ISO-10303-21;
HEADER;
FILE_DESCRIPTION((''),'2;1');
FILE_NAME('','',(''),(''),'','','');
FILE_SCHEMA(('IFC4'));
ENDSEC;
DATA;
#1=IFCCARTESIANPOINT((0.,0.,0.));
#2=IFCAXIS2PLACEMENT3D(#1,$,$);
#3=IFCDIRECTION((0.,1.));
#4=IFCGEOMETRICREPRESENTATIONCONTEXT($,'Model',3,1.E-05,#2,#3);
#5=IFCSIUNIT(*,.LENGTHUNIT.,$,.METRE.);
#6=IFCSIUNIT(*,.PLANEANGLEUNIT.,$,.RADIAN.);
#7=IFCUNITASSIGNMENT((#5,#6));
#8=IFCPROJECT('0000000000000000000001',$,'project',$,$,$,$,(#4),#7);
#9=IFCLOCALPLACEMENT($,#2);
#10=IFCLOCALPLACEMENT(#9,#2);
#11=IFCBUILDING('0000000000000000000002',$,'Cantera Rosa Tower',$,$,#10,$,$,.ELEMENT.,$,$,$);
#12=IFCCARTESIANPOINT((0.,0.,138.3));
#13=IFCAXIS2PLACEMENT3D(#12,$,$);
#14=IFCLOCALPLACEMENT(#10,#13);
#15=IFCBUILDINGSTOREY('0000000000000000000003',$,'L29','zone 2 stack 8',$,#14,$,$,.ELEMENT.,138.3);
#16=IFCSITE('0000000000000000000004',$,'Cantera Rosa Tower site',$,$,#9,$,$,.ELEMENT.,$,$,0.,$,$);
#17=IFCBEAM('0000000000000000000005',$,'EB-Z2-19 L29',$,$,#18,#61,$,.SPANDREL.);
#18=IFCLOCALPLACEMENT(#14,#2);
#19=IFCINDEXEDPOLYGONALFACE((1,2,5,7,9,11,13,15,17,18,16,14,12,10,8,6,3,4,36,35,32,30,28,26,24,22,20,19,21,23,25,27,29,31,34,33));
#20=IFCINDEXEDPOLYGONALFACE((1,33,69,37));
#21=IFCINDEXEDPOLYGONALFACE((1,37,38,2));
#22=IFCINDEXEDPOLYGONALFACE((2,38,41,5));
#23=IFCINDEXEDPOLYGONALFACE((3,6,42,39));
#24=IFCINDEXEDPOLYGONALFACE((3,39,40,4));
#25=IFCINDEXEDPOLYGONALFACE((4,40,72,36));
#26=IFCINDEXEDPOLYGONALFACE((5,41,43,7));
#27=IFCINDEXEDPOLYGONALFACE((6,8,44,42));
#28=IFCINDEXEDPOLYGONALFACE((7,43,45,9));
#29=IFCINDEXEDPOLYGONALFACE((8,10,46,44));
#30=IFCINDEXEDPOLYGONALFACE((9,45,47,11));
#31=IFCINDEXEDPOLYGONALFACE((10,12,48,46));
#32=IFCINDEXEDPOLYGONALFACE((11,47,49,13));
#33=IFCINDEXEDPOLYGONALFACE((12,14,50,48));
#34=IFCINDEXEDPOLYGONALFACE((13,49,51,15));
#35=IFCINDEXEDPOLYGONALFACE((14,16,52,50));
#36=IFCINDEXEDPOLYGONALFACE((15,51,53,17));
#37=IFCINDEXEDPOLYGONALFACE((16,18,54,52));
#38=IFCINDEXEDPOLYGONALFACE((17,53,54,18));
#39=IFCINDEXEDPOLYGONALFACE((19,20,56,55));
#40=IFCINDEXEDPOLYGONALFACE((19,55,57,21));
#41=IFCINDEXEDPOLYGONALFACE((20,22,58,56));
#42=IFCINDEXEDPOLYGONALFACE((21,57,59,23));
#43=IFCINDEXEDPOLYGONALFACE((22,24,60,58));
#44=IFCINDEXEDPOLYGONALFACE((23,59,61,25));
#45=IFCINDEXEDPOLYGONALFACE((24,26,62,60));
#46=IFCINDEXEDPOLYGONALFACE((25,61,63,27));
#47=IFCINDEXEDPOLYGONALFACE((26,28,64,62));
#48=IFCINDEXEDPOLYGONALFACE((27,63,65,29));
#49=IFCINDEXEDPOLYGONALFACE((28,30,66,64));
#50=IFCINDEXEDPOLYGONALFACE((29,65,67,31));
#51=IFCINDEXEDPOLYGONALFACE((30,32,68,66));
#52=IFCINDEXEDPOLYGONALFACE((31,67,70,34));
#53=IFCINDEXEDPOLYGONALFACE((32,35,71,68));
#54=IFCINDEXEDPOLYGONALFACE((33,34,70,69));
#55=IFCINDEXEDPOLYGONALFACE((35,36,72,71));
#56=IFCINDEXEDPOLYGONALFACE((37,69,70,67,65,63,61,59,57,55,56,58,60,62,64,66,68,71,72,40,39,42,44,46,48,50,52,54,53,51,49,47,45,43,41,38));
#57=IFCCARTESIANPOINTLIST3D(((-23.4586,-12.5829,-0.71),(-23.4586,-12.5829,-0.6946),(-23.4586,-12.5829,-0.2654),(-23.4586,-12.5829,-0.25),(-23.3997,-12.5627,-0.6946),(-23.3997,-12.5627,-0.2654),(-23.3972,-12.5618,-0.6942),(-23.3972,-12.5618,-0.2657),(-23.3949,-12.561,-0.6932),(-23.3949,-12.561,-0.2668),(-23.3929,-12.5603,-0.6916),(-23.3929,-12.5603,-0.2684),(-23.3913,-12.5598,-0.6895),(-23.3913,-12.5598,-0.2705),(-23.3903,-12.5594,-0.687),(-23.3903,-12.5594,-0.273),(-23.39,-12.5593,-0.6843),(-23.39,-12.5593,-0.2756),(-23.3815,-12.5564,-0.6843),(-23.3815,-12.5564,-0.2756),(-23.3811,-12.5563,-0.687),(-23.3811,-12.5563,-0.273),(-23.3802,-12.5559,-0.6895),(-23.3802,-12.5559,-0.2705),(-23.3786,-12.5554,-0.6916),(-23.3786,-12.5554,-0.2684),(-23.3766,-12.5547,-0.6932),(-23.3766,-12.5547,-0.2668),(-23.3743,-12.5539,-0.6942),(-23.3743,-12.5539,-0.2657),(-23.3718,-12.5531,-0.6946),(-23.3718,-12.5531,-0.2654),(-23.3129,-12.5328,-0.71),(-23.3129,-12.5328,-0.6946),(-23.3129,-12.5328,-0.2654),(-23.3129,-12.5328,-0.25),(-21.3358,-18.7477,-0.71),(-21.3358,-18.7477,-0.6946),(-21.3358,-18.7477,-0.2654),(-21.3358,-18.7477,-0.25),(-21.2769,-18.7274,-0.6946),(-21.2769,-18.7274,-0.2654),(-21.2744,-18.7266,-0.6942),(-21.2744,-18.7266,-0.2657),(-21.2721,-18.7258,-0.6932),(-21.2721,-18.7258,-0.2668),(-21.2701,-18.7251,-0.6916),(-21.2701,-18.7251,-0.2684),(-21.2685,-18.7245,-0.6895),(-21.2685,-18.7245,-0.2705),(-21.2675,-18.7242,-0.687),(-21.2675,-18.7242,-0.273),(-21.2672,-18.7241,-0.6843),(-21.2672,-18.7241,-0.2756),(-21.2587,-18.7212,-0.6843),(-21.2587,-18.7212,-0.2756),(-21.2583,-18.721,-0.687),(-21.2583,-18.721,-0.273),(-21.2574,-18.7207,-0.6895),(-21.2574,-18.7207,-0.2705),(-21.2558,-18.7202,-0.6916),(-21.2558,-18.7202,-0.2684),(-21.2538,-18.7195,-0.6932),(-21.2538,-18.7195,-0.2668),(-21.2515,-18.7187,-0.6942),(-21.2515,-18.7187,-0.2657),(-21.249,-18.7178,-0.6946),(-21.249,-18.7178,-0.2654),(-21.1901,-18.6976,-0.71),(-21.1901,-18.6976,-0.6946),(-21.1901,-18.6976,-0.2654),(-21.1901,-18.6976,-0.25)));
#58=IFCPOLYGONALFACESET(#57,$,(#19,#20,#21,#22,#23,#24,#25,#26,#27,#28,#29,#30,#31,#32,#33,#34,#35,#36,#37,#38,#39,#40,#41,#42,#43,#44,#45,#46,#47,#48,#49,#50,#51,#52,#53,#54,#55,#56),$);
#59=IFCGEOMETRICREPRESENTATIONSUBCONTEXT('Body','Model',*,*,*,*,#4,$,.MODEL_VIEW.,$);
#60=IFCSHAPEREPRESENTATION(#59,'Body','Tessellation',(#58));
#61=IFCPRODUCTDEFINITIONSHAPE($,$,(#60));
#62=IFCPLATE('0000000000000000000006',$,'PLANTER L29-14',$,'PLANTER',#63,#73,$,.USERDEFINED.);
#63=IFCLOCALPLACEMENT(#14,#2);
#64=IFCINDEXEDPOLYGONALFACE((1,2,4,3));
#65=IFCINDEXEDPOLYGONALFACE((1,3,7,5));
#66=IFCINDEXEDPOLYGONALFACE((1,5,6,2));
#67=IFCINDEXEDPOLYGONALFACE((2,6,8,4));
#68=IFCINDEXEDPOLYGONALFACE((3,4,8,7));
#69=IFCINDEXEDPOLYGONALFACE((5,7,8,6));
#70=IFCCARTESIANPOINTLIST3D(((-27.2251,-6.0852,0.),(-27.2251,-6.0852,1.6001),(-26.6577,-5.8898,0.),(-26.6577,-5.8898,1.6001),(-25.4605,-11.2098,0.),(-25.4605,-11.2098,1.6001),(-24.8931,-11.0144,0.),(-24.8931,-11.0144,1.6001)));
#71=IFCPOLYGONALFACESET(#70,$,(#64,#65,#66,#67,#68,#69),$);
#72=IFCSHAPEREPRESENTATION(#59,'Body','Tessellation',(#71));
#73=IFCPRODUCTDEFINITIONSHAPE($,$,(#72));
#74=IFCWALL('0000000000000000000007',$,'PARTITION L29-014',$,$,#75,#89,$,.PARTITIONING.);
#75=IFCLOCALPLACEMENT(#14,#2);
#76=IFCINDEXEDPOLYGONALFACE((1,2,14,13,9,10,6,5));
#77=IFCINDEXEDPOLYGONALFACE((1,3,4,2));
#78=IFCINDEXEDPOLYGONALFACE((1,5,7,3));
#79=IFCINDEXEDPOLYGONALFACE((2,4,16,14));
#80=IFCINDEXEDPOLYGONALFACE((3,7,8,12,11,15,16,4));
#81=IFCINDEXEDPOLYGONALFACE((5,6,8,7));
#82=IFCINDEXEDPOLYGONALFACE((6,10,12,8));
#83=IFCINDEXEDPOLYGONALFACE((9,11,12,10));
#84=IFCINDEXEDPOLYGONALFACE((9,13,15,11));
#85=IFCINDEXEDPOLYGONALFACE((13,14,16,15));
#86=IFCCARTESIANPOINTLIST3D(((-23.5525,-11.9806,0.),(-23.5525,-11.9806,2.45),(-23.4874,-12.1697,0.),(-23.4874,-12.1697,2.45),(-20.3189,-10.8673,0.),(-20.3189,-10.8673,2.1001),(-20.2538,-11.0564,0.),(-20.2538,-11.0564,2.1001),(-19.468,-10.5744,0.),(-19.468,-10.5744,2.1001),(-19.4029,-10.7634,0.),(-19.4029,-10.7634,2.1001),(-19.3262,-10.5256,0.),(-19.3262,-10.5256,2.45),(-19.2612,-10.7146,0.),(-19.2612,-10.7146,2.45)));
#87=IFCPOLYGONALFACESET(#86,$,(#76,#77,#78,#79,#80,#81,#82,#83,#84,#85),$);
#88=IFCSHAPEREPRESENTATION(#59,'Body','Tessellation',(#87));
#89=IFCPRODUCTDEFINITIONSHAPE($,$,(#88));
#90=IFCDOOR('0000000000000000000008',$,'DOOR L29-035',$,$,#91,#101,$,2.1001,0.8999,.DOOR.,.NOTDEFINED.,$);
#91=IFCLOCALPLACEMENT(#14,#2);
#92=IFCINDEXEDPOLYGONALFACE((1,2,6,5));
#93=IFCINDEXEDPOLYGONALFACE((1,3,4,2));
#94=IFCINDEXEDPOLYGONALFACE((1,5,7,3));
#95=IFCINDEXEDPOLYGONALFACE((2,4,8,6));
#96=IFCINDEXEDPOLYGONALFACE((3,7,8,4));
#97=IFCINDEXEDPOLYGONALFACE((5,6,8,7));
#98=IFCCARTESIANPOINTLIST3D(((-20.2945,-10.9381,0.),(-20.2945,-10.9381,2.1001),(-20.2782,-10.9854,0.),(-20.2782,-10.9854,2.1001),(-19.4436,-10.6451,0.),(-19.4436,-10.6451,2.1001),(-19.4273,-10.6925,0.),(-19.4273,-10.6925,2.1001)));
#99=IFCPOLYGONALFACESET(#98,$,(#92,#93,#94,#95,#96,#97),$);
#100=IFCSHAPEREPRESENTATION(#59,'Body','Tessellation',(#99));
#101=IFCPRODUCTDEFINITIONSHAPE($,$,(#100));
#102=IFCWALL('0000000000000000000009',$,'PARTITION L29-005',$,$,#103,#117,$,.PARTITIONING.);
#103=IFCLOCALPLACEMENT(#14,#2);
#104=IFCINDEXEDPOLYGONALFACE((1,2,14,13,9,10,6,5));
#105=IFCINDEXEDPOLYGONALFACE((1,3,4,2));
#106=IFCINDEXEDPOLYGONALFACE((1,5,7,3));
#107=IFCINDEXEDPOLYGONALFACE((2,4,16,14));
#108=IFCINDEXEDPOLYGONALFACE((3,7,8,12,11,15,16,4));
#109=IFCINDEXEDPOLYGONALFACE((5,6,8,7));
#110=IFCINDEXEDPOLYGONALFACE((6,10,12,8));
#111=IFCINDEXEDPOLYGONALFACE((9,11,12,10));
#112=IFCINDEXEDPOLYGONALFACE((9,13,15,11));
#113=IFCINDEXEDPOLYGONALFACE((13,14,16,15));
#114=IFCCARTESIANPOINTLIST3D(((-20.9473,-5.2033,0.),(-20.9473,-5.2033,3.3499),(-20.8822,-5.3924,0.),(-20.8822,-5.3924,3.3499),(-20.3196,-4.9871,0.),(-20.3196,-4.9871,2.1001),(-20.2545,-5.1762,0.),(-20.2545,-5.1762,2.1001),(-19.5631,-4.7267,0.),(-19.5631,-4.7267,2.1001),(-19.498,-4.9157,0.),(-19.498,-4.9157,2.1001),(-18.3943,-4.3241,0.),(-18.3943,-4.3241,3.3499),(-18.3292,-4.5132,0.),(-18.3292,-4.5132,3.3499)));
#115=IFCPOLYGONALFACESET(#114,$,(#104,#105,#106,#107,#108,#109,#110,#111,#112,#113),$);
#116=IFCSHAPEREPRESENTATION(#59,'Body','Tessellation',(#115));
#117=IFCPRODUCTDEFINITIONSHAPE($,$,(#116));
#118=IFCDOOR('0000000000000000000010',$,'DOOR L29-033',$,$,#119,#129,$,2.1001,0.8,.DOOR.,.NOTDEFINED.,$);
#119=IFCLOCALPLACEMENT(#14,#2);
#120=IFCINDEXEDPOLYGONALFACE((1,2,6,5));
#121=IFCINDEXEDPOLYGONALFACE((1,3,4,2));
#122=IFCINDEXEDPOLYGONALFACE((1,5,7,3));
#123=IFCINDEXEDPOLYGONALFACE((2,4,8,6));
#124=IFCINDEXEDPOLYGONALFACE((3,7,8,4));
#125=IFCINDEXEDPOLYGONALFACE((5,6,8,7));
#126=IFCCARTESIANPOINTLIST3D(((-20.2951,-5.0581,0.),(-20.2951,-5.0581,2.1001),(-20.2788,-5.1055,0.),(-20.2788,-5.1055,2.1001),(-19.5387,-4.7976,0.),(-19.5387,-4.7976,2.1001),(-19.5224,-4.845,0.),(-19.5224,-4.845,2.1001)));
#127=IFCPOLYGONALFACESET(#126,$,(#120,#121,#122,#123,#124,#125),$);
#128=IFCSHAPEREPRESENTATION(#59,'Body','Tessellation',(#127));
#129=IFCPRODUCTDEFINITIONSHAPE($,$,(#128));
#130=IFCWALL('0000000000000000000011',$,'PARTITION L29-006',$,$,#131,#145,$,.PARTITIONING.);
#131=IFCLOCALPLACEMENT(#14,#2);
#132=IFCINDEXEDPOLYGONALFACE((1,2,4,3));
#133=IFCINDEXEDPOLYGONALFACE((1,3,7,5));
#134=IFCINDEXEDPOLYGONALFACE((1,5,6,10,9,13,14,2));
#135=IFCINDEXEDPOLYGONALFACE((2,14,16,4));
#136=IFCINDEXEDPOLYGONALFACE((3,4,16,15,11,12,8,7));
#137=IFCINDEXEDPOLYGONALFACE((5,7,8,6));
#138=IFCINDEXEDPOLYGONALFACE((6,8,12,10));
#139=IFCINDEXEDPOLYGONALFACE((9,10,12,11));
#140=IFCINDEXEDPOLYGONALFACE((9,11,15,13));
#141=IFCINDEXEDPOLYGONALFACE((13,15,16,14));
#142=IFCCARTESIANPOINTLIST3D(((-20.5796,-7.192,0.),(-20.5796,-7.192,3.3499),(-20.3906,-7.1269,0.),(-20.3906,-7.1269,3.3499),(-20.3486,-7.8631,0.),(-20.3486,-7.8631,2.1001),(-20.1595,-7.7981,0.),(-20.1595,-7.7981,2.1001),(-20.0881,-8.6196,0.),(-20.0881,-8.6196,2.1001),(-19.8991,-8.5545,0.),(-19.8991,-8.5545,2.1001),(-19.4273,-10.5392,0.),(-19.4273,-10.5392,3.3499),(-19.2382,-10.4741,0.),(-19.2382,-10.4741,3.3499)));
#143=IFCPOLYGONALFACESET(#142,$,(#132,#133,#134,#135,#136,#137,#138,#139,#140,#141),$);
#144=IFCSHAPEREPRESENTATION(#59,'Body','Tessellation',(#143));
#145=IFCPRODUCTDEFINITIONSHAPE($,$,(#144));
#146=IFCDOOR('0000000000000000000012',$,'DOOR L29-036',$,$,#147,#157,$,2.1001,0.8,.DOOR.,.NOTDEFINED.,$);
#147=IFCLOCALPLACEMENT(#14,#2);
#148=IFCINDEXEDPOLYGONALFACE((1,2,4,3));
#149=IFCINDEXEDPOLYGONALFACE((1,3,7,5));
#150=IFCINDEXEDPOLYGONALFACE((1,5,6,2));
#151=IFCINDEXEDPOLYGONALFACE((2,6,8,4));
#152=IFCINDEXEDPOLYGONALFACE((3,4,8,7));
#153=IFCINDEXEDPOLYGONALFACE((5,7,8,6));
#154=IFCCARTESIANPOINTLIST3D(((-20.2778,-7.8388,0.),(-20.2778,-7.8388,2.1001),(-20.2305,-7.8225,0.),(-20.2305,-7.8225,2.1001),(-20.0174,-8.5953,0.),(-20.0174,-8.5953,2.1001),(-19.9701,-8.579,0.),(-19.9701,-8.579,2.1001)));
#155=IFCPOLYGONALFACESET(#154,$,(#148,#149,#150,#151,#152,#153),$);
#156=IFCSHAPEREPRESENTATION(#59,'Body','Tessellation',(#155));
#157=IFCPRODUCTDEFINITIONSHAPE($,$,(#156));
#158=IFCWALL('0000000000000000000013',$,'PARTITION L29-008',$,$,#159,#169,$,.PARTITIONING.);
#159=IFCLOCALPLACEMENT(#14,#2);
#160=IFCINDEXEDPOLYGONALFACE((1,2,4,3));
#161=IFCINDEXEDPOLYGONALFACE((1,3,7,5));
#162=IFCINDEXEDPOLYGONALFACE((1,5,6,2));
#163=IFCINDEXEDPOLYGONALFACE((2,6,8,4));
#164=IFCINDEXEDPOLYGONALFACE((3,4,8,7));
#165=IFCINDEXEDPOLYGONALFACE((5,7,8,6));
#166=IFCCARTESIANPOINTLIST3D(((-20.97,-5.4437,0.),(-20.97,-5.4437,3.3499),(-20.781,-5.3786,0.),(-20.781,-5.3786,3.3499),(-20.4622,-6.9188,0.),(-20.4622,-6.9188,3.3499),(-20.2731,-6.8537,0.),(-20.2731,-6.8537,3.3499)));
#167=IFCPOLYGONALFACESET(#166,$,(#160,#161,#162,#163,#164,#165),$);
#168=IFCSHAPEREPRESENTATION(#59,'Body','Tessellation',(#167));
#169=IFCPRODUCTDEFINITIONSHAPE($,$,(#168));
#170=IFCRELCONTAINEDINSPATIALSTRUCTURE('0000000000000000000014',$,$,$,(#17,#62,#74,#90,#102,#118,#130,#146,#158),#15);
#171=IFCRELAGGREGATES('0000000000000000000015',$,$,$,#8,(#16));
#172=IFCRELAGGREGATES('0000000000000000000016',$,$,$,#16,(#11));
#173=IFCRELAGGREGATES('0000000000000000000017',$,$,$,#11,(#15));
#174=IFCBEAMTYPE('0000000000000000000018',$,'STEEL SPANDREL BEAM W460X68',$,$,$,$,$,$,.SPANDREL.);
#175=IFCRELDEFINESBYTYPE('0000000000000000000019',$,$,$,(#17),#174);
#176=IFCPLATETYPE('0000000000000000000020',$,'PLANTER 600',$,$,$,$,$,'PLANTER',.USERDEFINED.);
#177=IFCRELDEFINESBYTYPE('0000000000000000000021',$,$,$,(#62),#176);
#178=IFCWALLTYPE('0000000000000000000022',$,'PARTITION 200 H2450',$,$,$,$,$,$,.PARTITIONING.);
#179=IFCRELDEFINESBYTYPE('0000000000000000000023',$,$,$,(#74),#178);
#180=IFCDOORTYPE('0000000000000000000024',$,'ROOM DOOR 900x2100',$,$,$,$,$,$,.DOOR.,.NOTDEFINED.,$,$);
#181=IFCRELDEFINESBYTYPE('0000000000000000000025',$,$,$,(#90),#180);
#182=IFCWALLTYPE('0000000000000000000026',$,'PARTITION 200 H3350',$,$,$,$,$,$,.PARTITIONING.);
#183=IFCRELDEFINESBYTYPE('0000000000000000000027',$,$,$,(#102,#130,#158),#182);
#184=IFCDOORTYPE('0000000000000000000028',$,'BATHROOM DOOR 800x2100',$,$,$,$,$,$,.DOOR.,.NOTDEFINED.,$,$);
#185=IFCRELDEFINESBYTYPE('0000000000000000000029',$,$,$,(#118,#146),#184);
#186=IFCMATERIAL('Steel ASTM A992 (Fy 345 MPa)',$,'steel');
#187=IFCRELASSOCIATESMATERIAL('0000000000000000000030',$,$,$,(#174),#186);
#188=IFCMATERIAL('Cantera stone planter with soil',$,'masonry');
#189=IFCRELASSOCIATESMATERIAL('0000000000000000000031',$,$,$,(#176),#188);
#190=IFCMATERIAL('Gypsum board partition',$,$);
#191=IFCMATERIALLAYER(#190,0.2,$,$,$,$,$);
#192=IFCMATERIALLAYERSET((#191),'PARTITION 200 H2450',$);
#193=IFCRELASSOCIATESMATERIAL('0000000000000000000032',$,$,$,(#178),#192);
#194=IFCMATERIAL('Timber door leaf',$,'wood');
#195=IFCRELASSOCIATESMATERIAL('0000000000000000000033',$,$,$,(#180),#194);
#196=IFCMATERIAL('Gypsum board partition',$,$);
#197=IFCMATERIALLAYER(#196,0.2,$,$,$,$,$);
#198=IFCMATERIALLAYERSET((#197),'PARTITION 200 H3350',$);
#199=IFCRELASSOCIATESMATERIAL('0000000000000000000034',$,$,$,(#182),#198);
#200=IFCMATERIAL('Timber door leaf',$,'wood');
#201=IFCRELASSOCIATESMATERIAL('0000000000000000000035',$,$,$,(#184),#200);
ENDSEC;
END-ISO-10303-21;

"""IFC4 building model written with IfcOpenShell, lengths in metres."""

from ifc_helpers import new_model, si_unit, direction, frame, frame_2d, origin, origin_2d, place, context, subcontext, project, spatial, rectangle, i_section, extrude, material, layer, layer_set, material_profile, profile_set, type_object, element, fill, save


model = new_model("IFC4")

# Units and contexts
model_context = context("Model", 3, precision=1e-05, world=origin(), true_north=direction((0.0, 1.0)))
body_context = subcontext(model_context, "Body", "Model", "MODEL_VIEW")
ifc_project = project(units=[si_unit("LENGTHUNIT", "METRE"), si_unit("PLANEANGLEUNIT", "RADIAN")], contexts=[model_context])

# Site, building, storey
site_placement = place(None, origin())
site = spatial("IfcSite", under=ifc_project, at=site_placement, Name="Cantera Rosa Tower site", CompositionType="ELEMENT", RefElevation=0.0)
building_placement = place(site_placement, origin())
building = spatial("IfcBuilding", under=site, at=building_placement, Name="Cantera Rosa Tower", CompositionType="ELEMENT")
storey_placement = place(building_placement, frame((0.0, 0.0, 138.3)))
storey = spatial("IfcBuildingStorey", under=building, at=storey_placement, Name="L29", Description="zone 2 stack 8", CompositionType="ELEMENT", Elevation=138.3)

# Beam
ifc_material_1 = material(Name="Steel ASTM A992 (Fy 345 MPa)", Category="steel")
ifc_material_profile_1 = material_profile(ifc_material_1, i_section(OverallWidth=0.1541, OverallDepth=0.46, WebThickness=0.009, FlangeThickness=0.0154, FilletRadius=0.0103, at=origin_2d()), Name="W460X68")
ifc_profile_set_1 = profile_set([ifc_material_profile_1], Name="Steel ASTM A992 (Fy 345 MPa)")
beam_type_1 = type_object("IfcBeamType", Name="STEEL SPANDREL BEAM W460X68", PredefinedType="SPANDREL", material=ifc_profile_set_1)
for number, where, z_axis, x_axis, name in (
    (1, (-23.3857, -12.5579, -0.48), (0.325581, -0.945514, 0.0), (0.945514, 0.325581, 0.0), "EB-Z2-19 L29"),
):
    element("IfcBeam", number, at=place(storey_placement, frame(where, z_axis=z_axis, x_axis=x_axis)), inside=storey, type_object=beam_type_1, Name=name, PredefinedType="SPANDREL", context=body_context, shape_type="SweptSolid", body=[
        extrude(i_section(OverallWidth=0.1541, OverallDepth=0.46, WebThickness=0.009, FlangeThickness=0.0154, FilletRadius=0.0103, at=origin_2d()), origin(), (0.0, 0.0, 1.0), 6.52),
    ])

# Plate
ifc_material_2 = material(Name="Cantera stone planter with soil", Category="masonry")
plate_type = type_object("IfcPlateType", Name="PLANTER 600", ElementType="PLANTER", PredefinedType="USERDEFINED", material=ifc_material_2)
plate_placement = place(storey_placement, frame((-26.0591, -8.5498, 0.0), z_axis=(0.0, 0.0, 1.0), x_axis=(0.325568, -0.945519, 0.0)))
element("IfcPlate", 2, at=plate_placement, inside=storey, type_object=plate_type, Name="PLANTER L29-14", ObjectType="PLANTER", PredefinedType="USERDEFINED", context=body_context, shape_type="SweptSolid", body=[
    extrude(rectangle(XDim=5.4199, YDim=0.6001, at=origin_2d()), origin(), (0.0, 0.0, 1.0), 1.6001),
])

# Walls, openings, doors
ifc_material_3 = material(Name="Gypsum board partition")
ifc_layer_1 = layer(ifc_material_3, 0.2)
ifc_layer_set_1 = layer_set([ifc_layer_1], Name="PARTITION 200 H2450")
wall_type_1 = type_object("IfcWallType", Name="PARTITION 200 H2450", PredefinedType="PARTITIONING", material=ifc_layer_set_1)
wall_1_placement = place(storey_placement, frame((-19.2937, -10.6201, 0.0), z_axis=(0.0, 0.0, 1.0), x_axis=(-0.94553, -0.325536, 0.0)))
wall_1 = element("IfcWall", 3, at=wall_1_placement, inside=storey, type_object=wall_type_1, Name="PARTITION L29-014", PredefinedType="PARTITIONING", context=body_context, shape_type="SweptSolid", body=[
    extrude(rectangle(XDim=4.4697, YDim=0.2, at=frame_2d((2.2349, 0.0))), origin(), (0.0, 0.0, 1.0), 2.45),
])
opening_1_placement = place(wall_1_placement, frame((0.1499, 0.0, 0.0)))
opening_1 = element("IfcOpeningElement", 4, at=opening_1_placement, cuts=wall_1, PredefinedType="OPENING", context=body_context, shape_type="SweptSolid", body=[
    extrude(rectangle(XDim=0.8999, YDim=2.1001, at=frame_2d((0.45, 1.05))), frame((0.0, 0.1099, 0.0), z_axis=(0.0, -1.0, 0.0), x_axis=(1.0, 0.0, 0.0)), (0.0, 0.0, 1.0), 0.22),
])
ifc_material_4 = material(Name="Timber door leaf", Category="wood")
door_type_1 = type_object("IfcDoorType", Name="ROOM DOOR 900x2100", OperationType="NOTDEFINED", PredefinedType="DOOR", material=ifc_material_4)
door_1_placement = place(opening_1_placement, origin())
door_1 = element("IfcDoor", 5, at=door_1_placement, inside=storey, type_object=door_type_1, Name="DOOR L29-035", OperationType="NOTDEFINED", OverallHeight=2.1001, OverallWidth=0.8999, PredefinedType="DOOR", context=body_context, shape_type="SweptSolid", body=[
    extrude(rectangle(XDim=0.8999, YDim=2.1001, at=frame_2d((0.45, 1.05))), frame((0.0, 0.0249, 0.0), z_axis=(0.0, -1.0, 0.0), x_axis=(1.0, 0.0, 0.0)), (0.0, 0.0, 1.0), 0.05),
])
fill(opening_1, door_1)
ifc_material_5 = material(Name="Gypsum board partition")
ifc_layer_2 = layer(ifc_material_5, 0.2)
ifc_layer_set_2 = layer_set([ifc_layer_2], Name="PARTITION 200 H3350")
wall_type_2 = type_object("IfcWallType", Name="PARTITION 200 H3350", PredefinedType="PARTITIONING", material=ifc_layer_set_2)
wall_2_placement = place(storey_placement, frame((-20.9148, -5.2979, 0.0), z_axis=(0.0, 0.0, 1.0), x_axis=(0.945508, 0.325598, 0.0)))
wall_2 = element("IfcWall", 6, at=wall_2_placement, inside=storey, type_object=wall_type_2, Name="PARTITION L29-005", PredefinedType="PARTITIONING", context=body_context, shape_type="SweptSolid", body=[
    extrude(rectangle(XDim=2.7002, YDim=0.2, at=frame_2d((1.3501, 0.0))), origin(), (0.0, 0.0, 1.0), 3.3499),
])
opening_2_placement = place(wall_2_placement, frame((0.6641, 0.0, 0.0)))
opening_2 = element("IfcOpeningElement", 7, at=opening_2_placement, cuts=wall_2, PredefinedType="OPENING", context=body_context, shape_type="SweptSolid", body=[
    extrude(rectangle(XDim=0.8, YDim=2.1001, at=frame_2d((0.3999, 1.05))), frame((0.0, 0.1099, 0.0), z_axis=(0.0, -1.0, 0.0), x_axis=(1.0, 0.0, 0.0)), (0.0, 0.0, 1.0), 0.22),
])
ifc_material_6 = material(Name="Timber door leaf", Category="wood")
door_type_2 = type_object("IfcDoorType", Name="BATHROOM DOOR 800x2100", OperationType="NOTDEFINED", PredefinedType="DOOR", material=ifc_material_6)
door_2_placement = place(opening_2_placement, origin())
door_2 = element("IfcDoor", 8, at=door_2_placement, inside=storey, type_object=door_type_2, Name="DOOR L29-033", OperationType="NOTDEFINED", OverallHeight=2.1001, OverallWidth=0.8, PredefinedType="DOOR", context=body_context, shape_type="SweptSolid", body=[
    extrude(rectangle(XDim=0.8, YDim=2.1001, at=frame_2d((0.3999, 1.05))), frame((0.0, 0.0249, 0.0), z_axis=(0.0, -1.0, 0.0), x_axis=(1.0, 0.0, 0.0)), (0.0, 0.0, 1.0), 0.05),
])
fill(opening_2, door_2)
wall_3_placement = place(storey_placement, frame((-20.4851, -7.1594, 0.0), z_axis=(0.0, 0.0, 1.0), x_axis=(0.325523, -0.945534, 0.0)))
wall_3 = element("IfcWall", 9, at=wall_3_placement, inside=storey, type_object=wall_type_2, Name="PARTITION L29-006", PredefinedType="PARTITIONING", context=body_context, shape_type="SweptSolid", body=[
    extrude(rectangle(XDim=3.54, YDim=0.2, at=frame_2d((1.77, 0.0))), origin(), (0.0, 0.0, 1.0), 3.3499),
])
opening_3_placement = place(wall_3_placement, frame((0.71, 0.0, 0.0)))
opening_3 = element("IfcOpeningElement", 10, at=opening_3_placement, cuts=wall_3, PredefinedType="OPENING", context=body_context, shape_type="SweptSolid", body=[
    extrude(rectangle(XDim=0.8, YDim=2.1001, at=frame_2d((0.3999, 1.05))), frame((0.0, 0.1099, 0.0), z_axis=(0.0, -1.0, 0.0), x_axis=(1.0, 0.0, 0.0)), (0.0, 0.0, 1.0), 0.22),
])
door_3_placement = place(opening_3_placement, origin())
door_3 = element("IfcDoor", 11, at=door_3_placement, inside=storey, type_object=door_type_2, Name="DOOR L29-036", OperationType="NOTDEFINED", OverallHeight=2.1001, OverallWidth=0.8, PredefinedType="DOOR", context=body_context, shape_type="SweptSolid", body=[
    extrude(rectangle(XDim=0.8, YDim=2.1001, at=frame_2d((0.3999, 1.05))), frame((0.0, 0.0249, 0.0), z_axis=(0.0, -1.0, 0.0), x_axis=(1.0, 0.0, 0.0)), (0.0, 0.0, 1.0), 0.05),
])
fill(opening_3, door_3)

# Wall
wall_4_placement = place(storey_placement, frame((-20.3677, -6.8862, 0.0), z_axis=(0.0, 0.0, 1.0), x_axis=(-0.325508, 0.945539, 0.0)))
element("IfcWall", 12, at=wall_4_placement, inside=storey, type_object=wall_type_2, Name="PARTITION L29-008", PredefinedType="PARTITIONING", context=body_context, shape_type="SweptSolid", body=[
    extrude(rectangle(XDim=1.5601, YDim=0.2, at=frame_2d((0.78, 0.0))), origin(), (0.0, 0.0, 1.0), 3.3499),
])

save(model, "model.ifc")
